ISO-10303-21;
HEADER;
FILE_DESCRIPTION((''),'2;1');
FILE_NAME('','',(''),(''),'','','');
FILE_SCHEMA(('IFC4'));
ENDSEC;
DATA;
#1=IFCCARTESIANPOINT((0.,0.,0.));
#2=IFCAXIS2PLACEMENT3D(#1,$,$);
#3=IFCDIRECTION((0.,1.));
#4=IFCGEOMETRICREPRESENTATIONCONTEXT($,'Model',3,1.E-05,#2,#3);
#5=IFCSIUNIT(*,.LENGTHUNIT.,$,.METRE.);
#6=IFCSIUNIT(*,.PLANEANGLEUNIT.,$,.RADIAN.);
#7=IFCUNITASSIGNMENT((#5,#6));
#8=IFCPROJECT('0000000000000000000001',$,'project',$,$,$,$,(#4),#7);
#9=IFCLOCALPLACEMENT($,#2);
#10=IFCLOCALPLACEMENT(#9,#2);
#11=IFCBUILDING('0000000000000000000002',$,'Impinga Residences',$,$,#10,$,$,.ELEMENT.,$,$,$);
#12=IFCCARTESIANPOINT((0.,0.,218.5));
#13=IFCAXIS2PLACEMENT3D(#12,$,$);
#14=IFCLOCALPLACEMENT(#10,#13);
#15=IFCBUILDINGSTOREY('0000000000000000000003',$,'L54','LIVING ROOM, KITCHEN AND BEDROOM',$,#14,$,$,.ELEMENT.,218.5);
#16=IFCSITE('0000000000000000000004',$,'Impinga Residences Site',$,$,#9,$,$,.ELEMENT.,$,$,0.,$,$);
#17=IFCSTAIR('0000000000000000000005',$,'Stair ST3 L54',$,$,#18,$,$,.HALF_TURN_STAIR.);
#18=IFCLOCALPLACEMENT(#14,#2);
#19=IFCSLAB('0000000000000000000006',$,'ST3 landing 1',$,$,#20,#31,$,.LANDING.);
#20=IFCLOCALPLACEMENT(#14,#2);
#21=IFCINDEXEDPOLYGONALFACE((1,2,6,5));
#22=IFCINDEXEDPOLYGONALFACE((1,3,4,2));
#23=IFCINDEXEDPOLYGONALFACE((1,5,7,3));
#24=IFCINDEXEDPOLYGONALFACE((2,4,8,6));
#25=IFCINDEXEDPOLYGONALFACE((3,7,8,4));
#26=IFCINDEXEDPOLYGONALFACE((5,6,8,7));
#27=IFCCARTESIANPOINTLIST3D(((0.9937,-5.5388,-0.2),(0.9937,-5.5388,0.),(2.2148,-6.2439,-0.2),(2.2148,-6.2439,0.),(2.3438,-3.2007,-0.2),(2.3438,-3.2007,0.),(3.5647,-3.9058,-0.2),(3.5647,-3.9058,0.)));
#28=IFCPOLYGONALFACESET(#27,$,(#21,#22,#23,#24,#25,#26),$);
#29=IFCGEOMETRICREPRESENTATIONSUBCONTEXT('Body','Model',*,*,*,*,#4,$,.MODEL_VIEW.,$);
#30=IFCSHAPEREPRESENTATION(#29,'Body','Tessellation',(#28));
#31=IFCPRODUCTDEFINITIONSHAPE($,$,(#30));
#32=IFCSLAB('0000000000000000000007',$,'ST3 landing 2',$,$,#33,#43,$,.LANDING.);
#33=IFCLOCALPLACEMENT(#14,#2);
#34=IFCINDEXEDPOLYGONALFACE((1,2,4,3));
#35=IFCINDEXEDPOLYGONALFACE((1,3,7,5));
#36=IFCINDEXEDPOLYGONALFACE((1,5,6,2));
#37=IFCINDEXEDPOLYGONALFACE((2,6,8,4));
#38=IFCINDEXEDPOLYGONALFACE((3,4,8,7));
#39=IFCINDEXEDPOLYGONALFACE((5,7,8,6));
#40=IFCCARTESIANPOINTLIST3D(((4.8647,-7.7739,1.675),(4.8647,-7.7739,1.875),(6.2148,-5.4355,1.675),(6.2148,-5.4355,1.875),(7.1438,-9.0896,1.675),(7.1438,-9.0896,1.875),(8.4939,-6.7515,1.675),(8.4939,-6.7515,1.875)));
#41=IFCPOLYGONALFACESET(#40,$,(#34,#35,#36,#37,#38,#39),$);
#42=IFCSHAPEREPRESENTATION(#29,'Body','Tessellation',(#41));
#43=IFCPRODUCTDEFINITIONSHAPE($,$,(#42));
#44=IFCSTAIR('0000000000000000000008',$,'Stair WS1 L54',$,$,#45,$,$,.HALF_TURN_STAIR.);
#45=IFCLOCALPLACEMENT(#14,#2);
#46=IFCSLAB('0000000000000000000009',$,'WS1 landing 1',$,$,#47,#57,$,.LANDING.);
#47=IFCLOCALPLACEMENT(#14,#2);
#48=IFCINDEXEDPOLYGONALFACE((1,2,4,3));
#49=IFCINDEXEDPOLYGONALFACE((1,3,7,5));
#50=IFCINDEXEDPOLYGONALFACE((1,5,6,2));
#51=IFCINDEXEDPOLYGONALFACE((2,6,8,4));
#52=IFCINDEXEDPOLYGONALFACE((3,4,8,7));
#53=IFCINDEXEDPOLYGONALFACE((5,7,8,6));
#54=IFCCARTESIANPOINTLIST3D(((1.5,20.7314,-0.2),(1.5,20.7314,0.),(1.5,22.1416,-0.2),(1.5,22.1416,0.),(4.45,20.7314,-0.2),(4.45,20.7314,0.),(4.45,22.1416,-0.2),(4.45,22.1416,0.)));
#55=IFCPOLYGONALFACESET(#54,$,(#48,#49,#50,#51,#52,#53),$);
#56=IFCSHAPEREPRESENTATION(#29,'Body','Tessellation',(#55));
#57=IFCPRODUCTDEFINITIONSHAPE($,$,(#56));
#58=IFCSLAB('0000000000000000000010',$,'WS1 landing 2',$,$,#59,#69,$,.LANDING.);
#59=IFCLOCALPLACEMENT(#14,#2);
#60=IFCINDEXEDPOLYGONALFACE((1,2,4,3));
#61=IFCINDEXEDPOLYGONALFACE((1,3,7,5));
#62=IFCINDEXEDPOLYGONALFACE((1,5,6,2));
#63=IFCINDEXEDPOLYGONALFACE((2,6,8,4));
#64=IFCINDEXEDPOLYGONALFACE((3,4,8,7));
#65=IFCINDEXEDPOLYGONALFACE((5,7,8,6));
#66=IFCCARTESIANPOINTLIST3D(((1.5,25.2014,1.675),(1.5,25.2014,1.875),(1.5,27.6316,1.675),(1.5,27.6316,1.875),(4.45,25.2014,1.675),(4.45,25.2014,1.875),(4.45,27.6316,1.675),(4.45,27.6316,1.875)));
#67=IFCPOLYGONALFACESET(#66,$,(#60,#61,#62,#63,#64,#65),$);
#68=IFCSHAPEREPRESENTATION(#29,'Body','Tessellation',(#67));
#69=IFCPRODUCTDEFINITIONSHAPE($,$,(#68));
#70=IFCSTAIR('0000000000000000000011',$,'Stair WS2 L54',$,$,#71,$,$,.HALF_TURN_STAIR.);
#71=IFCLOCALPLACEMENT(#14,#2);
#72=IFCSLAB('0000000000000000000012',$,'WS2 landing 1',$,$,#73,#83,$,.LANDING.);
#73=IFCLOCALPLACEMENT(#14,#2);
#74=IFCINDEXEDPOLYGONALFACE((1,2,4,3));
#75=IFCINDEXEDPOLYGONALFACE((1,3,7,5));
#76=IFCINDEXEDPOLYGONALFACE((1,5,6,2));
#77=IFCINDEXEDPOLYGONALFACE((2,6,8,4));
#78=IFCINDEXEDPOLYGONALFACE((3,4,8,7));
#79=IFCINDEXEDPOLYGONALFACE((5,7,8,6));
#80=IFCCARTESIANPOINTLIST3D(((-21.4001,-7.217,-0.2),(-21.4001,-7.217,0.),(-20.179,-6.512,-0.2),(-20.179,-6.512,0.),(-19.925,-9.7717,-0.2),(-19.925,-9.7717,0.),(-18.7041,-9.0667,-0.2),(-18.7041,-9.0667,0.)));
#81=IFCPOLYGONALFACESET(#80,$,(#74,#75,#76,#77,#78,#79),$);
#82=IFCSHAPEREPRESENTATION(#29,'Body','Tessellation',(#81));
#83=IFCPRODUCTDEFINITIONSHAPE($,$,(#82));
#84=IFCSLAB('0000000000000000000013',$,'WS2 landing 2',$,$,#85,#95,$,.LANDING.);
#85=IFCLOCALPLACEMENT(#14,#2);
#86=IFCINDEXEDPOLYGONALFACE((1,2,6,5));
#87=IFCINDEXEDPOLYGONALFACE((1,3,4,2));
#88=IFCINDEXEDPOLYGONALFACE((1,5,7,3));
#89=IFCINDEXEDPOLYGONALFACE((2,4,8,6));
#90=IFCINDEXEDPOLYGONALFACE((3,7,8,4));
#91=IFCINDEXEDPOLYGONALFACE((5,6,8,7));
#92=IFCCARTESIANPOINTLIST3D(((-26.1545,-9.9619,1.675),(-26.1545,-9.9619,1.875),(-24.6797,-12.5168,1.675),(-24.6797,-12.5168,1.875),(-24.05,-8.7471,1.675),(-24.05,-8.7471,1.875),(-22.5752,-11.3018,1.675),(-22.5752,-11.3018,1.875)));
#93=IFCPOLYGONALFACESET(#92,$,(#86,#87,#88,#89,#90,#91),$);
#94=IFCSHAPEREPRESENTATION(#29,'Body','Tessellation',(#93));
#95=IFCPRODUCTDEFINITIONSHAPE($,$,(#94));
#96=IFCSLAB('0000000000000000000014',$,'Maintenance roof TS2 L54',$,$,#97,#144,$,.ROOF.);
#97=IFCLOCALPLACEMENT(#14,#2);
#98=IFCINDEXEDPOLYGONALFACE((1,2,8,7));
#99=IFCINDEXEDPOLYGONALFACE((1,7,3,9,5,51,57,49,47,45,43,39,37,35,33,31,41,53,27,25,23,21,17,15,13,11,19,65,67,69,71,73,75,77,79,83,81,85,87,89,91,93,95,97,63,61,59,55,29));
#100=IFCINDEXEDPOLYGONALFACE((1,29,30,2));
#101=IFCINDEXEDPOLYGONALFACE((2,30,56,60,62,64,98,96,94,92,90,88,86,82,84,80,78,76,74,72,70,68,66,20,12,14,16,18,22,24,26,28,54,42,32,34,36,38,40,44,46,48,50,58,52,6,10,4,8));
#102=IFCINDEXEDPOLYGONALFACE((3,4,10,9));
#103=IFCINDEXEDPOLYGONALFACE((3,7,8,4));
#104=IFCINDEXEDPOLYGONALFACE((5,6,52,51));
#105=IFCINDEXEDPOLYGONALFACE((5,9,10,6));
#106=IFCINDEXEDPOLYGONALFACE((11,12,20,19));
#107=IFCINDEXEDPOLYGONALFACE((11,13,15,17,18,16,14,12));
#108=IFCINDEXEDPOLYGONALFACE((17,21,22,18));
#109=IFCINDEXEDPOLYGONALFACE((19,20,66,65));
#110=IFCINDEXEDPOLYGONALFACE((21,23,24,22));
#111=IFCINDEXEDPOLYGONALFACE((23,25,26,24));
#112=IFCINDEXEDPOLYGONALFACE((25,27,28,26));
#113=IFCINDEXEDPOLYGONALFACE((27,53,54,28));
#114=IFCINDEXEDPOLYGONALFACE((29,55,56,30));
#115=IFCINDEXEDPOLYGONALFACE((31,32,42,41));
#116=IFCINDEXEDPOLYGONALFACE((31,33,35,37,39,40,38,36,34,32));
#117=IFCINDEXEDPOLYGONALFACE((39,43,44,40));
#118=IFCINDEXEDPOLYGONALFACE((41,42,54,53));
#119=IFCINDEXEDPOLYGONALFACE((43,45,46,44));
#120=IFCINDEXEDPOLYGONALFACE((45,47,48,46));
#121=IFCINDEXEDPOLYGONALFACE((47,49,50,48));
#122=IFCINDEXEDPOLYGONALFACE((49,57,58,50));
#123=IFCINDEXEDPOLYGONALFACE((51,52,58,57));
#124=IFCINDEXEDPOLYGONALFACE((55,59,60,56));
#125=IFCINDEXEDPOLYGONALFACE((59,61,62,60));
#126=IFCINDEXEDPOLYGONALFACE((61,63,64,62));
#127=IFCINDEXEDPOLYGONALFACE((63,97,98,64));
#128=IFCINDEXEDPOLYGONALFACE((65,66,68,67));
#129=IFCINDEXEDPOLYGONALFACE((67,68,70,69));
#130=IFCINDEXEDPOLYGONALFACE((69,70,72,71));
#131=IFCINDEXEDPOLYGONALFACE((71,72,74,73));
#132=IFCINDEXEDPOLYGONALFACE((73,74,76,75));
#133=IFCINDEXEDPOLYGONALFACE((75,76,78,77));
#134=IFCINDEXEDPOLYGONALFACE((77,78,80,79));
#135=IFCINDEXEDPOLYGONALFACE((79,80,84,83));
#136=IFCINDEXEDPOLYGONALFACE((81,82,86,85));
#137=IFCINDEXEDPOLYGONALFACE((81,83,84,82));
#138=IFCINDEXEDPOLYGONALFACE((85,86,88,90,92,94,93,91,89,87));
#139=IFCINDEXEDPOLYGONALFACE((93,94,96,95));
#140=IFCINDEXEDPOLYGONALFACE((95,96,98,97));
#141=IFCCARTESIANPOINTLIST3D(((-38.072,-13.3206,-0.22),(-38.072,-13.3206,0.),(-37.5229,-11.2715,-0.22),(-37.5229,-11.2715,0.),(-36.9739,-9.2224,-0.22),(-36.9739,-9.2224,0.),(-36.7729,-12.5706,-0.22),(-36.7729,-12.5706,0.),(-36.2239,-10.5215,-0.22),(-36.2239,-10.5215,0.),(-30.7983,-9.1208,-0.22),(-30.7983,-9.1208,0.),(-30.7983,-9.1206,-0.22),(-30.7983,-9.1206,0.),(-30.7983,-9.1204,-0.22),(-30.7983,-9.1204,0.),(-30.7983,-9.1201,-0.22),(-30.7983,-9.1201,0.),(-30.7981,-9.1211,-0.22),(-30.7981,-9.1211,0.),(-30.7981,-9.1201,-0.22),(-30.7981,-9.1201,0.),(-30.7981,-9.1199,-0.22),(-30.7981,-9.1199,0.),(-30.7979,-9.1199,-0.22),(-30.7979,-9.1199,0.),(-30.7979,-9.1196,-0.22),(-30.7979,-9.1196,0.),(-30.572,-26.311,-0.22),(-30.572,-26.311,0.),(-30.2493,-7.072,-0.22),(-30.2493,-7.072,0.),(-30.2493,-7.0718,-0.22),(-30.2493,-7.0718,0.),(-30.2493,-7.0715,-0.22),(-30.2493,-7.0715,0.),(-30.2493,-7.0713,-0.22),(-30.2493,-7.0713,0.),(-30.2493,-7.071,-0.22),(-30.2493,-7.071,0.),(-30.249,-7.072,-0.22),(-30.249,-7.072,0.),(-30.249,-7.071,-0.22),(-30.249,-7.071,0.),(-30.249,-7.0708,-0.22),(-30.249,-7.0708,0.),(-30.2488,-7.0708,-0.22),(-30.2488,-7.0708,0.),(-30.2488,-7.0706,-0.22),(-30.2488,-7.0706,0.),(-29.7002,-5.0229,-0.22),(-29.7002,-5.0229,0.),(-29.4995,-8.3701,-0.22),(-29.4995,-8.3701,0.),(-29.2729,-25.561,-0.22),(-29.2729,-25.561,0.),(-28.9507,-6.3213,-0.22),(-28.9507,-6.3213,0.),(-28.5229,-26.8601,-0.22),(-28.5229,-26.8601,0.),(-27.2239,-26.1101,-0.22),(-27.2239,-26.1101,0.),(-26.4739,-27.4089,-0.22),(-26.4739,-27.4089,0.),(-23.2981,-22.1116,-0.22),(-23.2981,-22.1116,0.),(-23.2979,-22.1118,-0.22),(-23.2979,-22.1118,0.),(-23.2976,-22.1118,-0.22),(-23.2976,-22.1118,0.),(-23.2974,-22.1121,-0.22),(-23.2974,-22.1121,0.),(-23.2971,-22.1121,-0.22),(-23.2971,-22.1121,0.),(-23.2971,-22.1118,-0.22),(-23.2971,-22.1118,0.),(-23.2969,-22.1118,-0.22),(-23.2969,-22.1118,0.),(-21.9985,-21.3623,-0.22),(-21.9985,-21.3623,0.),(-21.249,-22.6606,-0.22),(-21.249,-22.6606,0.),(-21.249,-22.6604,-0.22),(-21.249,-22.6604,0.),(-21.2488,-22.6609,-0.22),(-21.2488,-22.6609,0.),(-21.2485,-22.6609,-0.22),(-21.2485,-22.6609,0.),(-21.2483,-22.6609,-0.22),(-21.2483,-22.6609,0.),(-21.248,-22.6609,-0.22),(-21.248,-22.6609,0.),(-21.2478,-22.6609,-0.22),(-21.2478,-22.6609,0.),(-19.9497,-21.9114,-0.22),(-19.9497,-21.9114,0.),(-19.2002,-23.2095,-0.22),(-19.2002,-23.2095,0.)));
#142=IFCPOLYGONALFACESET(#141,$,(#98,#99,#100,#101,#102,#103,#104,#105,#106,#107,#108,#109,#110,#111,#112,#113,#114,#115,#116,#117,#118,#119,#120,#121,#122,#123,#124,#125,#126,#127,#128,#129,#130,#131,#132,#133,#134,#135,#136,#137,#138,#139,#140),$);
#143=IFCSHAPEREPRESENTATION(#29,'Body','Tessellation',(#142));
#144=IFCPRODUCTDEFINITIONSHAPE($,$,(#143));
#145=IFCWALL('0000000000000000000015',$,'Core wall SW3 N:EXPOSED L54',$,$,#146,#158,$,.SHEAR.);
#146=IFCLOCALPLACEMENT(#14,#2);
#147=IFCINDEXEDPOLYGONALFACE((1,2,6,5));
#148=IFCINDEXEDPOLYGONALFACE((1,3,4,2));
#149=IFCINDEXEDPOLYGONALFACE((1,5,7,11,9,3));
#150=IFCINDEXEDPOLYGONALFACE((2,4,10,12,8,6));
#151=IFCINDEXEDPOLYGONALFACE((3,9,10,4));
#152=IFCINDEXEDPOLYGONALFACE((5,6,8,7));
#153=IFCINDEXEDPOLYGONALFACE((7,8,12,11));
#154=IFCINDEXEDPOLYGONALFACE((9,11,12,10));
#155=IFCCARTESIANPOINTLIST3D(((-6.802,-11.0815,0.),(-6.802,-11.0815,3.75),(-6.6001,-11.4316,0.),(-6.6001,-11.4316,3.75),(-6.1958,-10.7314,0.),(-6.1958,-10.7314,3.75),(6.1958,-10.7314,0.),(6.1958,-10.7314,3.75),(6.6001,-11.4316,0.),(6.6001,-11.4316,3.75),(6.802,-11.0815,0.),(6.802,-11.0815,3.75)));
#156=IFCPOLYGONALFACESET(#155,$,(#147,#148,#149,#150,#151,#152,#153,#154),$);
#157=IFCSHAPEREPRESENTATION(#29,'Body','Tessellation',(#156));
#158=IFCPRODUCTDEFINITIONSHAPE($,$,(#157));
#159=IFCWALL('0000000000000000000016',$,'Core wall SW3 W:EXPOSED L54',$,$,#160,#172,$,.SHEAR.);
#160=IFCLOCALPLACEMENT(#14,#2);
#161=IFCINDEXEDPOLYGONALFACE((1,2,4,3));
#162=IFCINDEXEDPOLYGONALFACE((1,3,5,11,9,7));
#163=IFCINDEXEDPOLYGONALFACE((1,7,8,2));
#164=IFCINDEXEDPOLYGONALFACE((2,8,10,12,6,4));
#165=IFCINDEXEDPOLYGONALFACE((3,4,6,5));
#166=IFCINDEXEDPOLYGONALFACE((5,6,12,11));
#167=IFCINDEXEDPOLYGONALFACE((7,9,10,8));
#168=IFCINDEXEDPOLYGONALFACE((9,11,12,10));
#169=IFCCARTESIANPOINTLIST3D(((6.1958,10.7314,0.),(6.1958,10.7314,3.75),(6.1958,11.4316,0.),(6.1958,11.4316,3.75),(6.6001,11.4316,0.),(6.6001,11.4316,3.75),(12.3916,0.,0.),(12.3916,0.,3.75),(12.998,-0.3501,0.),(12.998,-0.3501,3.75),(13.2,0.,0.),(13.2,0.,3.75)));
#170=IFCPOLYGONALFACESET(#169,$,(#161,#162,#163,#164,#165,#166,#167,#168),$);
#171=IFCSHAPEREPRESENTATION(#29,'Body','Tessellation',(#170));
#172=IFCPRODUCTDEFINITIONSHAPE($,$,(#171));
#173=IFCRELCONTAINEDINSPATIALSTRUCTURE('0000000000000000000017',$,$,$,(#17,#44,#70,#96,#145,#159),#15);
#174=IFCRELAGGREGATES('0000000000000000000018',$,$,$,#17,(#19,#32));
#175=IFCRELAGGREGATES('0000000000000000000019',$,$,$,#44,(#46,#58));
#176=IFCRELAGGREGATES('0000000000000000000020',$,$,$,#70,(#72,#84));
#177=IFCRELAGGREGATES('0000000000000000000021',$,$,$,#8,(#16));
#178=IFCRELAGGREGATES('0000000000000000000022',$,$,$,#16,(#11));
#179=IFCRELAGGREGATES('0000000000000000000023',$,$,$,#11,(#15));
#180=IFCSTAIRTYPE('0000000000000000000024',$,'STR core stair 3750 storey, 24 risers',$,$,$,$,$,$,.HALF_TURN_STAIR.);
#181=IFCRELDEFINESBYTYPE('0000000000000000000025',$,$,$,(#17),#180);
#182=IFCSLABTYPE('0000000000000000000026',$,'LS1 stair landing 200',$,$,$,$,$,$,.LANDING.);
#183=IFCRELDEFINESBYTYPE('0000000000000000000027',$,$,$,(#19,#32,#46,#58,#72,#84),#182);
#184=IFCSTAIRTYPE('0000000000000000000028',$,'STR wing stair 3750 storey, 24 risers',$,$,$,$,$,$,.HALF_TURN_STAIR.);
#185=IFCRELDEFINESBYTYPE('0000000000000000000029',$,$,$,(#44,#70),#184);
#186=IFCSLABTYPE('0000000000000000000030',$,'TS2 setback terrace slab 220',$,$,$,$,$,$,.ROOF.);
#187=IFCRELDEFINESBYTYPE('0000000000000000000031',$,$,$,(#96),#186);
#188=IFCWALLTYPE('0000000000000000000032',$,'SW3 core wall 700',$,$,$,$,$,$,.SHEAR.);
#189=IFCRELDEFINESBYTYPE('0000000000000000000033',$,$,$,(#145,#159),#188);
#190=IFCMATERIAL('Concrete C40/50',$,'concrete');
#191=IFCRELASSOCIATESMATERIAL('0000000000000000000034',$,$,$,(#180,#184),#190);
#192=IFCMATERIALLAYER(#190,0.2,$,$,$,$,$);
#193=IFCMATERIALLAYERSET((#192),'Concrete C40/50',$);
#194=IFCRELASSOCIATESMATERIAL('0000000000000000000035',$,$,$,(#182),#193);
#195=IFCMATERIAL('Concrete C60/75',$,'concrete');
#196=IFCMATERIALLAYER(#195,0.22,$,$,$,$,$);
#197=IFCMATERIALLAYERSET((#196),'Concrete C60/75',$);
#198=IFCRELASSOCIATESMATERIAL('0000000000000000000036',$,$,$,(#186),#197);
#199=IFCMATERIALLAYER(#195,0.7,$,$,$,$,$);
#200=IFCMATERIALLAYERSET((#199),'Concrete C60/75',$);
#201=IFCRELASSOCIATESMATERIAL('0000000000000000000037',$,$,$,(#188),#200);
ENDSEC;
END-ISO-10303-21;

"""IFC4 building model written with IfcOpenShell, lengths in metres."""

from ifc_helpers import new_model, si_unit, direction, frame, origin, place, context, subcontext, project, spatial, polyline, outline, extrude, material, layer, layer_set, type_object, element, aggregate, save


model = new_model("IFC4")

# Units and contexts
model_context = context("Model", 3, precision=1e-05, world=origin(), true_north=direction((0.0, 1.0)))
body_context = subcontext(model_context, "Body", "Model", "MODEL_VIEW")
ifc_project = project(units=[si_unit("LENGTHUNIT", "METRE"), si_unit("PLANEANGLEUNIT", "RADIAN")], contexts=[model_context])

# Site, building, storey
site_placement = place(None, origin())
site = spatial("IfcSite", under=ifc_project, at=site_placement, Name="Impinga Residences Site", CompositionType="ELEMENT", RefElevation=0.0)
building_placement = place(site_placement, origin())
building = spatial("IfcBuilding", under=site, at=building_placement, Name="Impinga Residences", CompositionType="ELEMENT")
storey_placement = place(building_placement, frame((0.0, 0.0, 218.5)))
storey = spatial("IfcBuildingStorey", under=building, at=storey_placement, Name="L54", Description="LIVING ROOM, KITCHEN AND BEDROOM", CompositionType="ELEMENT", Elevation=218.5)

# Shared definitions
ifc_material_1 = material(Name="Concrete C60/75", Category="concrete")

# Stairs, slabs
ifc_material_2 = material(Name="Concrete C40/50", Category="concrete")
stair_type_1 = type_object("IfcStairType", Name="STR core stair 3750 storey, 24 risers", PredefinedType="HALF_TURN_STAIR", material=ifc_material_2)
ifc_layer_1 = layer(ifc_material_2, 0.2)
ifc_layer_set_1 = layer_set([ifc_layer_1], Name="Concrete C40/50")
slab_type_1 = type_object("IfcSlabType", Name="LS1 stair landing 200", PredefinedType="LANDING", material=ifc_layer_set_1)
stair_1_placement = place(storey_placement, origin())
stair_1 = element("IfcStair", 1, at=stair_1_placement, inside=storey, type_object=stair_type_1, Name="Stair ST3 L54", PredefinedType="HALF_TURN_STAIR")
slab_1_placement = place(storey_placement, frame((0.0, 0.0, -0.2)))
slab_1 = element("IfcSlab", 2, at=slab_1_placement, type_object=slab_type_1, Name="ST3 landing 1", PredefinedType="LANDING", context=body_context, shape_type="SweptSolid", body=[
    extrude(outline(polyline([(2.3438, -3.2007), (0.9937, -5.5388), (2.2148, -6.2439), (3.5647, -3.9058), (2.3438, -3.2007)])), origin(), (0.0, 0.0, 1.0), 0.2),
])
slab_2_placement = place(storey_placement, frame((0.0, 0.0, 1.675)))
slab_2 = element("IfcSlab", 3, at=slab_2_placement, type_object=slab_type_1, Name="ST3 landing 2", PredefinedType="LANDING", context=body_context, shape_type="SweptSolid", body=[
    extrude(outline(polyline([(6.2148, -5.4355), (4.8647, -7.7739), (7.1438, -9.0896), (8.4939, -6.7515), (6.2148, -5.4355)])), origin(), (0.0, 0.0, 1.0), 0.2),
])
aggregate(stair_1, [slab_1, slab_2])
stair_type_2 = type_object("IfcStairType", Name="STR wing stair 3750 storey, 24 risers", PredefinedType="HALF_TURN_STAIR", material=ifc_material_2)
stair_2_placement = place(storey_placement, origin())
stair_2 = element("IfcStair", 4, at=stair_2_placement, inside=storey, type_object=stair_type_2, Name="Stair WS1 L54", PredefinedType="HALF_TURN_STAIR")
slab_3_placement = place(storey_placement, frame((0.0, 0.0, -0.2)))
slab_3 = element("IfcSlab", 5, at=slab_3_placement, type_object=slab_type_1, Name="WS1 landing 1", PredefinedType="LANDING", context=body_context, shape_type="SweptSolid", body=[
    extrude(outline(polyline([(1.5, 20.7314), (4.45, 20.7314), (4.45, 22.1416), (1.5, 22.1416), (1.5, 20.7314)])), origin(), (0.0, 0.0, 1.0), 0.2),
])
slab_4_placement = place(storey_placement, frame((0.0, 0.0, 1.675)))
slab_4 = element("IfcSlab", 6, at=slab_4_placement, type_object=slab_type_1, Name="WS1 landing 2", PredefinedType="LANDING", context=body_context, shape_type="SweptSolid", body=[
    extrude(outline(polyline([(1.5, 25.2014), (4.45, 25.2014), (4.45, 27.6316), (1.5, 27.6316), (1.5, 25.2014)])), origin(), (0.0, 0.0, 1.0), 0.2),
])
aggregate(stair_2, [slab_3, slab_4])
stair_3_placement = place(storey_placement, origin())
stair_3 = element("IfcStair", 7, at=stair_3_placement, inside=storey, type_object=stair_type_2, Name="Stair WS2 L54", PredefinedType="HALF_TURN_STAIR")
slab_5_placement = place(storey_placement, frame((0.0, 0.0, -0.2)))
slab_5 = element("IfcSlab", 8, at=slab_5_placement, type_object=slab_type_1, Name="WS2 landing 1", PredefinedType="LANDING", context=body_context, shape_type="SweptSolid", body=[
    extrude(outline(polyline([(-18.7041, -9.0667), (-20.179, -6.512), (-21.4001, -7.217), (-19.925, -9.7717), (-18.7041, -9.0667)])), origin(), (0.0, 0.0, 1.0), 0.2),
])
slab_6_placement = place(storey_placement, frame((0.0, 0.0, 1.675)))
slab_6 = element("IfcSlab", 9, at=slab_6_placement, type_object=slab_type_1, Name="WS2 landing 2", PredefinedType="LANDING", context=body_context, shape_type="SweptSolid", body=[
    extrude(outline(polyline([(-22.5752, -11.3018), (-24.05, -8.7471), (-26.1545, -9.9619), (-24.6797, -12.5168), (-22.5752, -11.3018)])), origin(), (0.0, 0.0, 1.0), 0.2),
])
aggregate(stair_3, [slab_5, slab_6])

# Slab
ifc_layer_2 = layer(ifc_material_1, 0.22)
ifc_layer_set_2 = layer_set([ifc_layer_2], Name="Concrete C60/75")
slab_type_2 = type_object("IfcSlabType", Name="TS2 setback terrace slab 220", PredefinedType="ROOF", material=ifc_layer_set_2)
slab_7_placement = place(storey_placement, frame((0.0, 0.0, -0.22)))
element("IfcSlab", 10, at=slab_7_placement, inside=storey, type_object=slab_type_2, Name="Maintenance roof TS2 L54", PredefinedType="ROOF", context=body_context, shape_type="SweptSolid", body=[
    extrude(outline(polyline([(-27.2239, -26.1101), (-28.5229, -26.8601), (-29.2729, -25.561), (-30.572, -26.311), (-38.072, -13.3206), (-36.7729, -12.5706), (-37.5229, -11.2715), (-36.2239, -10.5215), (-36.9739, -9.2224), (-29.7002, -5.0229), (-28.9507, -6.3213), (-30.2488, -7.0706), (-30.2488, -7.0708), (-30.249, -7.0708), (-30.249, -7.0708), (-30.249, -7.071), (-30.249, -7.071), (-30.2493, -7.071), (-30.2493, -7.0713), (-30.2493, -7.0713), (-30.2493, -7.0713), (-30.2493, -7.0715), (-30.2493, -7.0715), (-30.2493, -7.0718), (-30.2493, -7.0718), (-30.2493, -7.0718), (-30.2493, -7.072), (-30.249, -7.072), (-29.4995, -8.3701), (-30.7979, -9.1196), (-30.7979, -9.1199), (-30.7979, -9.1199), (-30.7981, -9.1199), (-30.7981, -9.1199), (-30.7981, -9.1201), (-30.7981, -9.1201), (-30.7983, -9.1201), (-30.7983, -9.1204), (-30.7983, -9.1204), (-30.7983, -9.1206), (-30.7983, -9.1206), (-30.7983, -9.1206), (-30.7983, -9.1208), (-30.7983, -9.1208), (-30.7981, -9.1211), (-30.7981, -9.1211), (-23.2981, -22.1116), (-23.2981, -22.1116), (-23.2981, -22.1116), (-23.2981, -22.1116), (-23.2979, -22.1118), (-23.2979, -22.1118), (-23.2979, -22.1118), (-23.2976, -22.1118), (-23.2976, -22.1118), (-23.2974, -22.1121), (-23.2974, -22.1121), (-23.2974, -22.1121), (-23.2971, -22.1121), (-23.2971, -22.1118), (-23.2969, -22.1118), (-23.2969, -22.1118), (-23.2969, -22.1118), (-21.9985, -21.3623), (-21.249, -22.6604), (-21.249, -22.6606), (-21.249, -22.6606), (-21.249, -22.6606), (-21.2488, -22.6609), (-21.2488, -22.6609), (-21.2488, -22.6609), (-21.2485, -22.6609), (-21.2485, -22.6609), (-21.2485, -22.6609), (-21.2483, -22.6609), (-21.2483, -22.6609), (-21.248, -22.6609), (-21.248, -22.6609), (-21.248, -22.6609), (-21.2478, -22.6609), (-21.2478, -22.6609), (-19.9497, -21.9114), (-19.2002, -23.2095), (-19.2002, -23.2095), (-26.4739, -27.4089), (-27.2239, -26.1101)])), origin(), (0.0, 0.0, 1.0), 0.22),
])

# Walls
ifc_layer_3 = layer(ifc_material_1, 0.7)
ifc_layer_set_3 = layer_set([ifc_layer_3], Name="Concrete C60/75")
wall_type_1 = type_object("IfcWallType", Name="SW3 core wall 700", PredefinedType="SHEAR", material=ifc_layer_set_3)
wall_1_placement = place(storey_placement, origin())
element("IfcWall", 11, at=wall_1_placement, inside=storey, type_object=wall_type_1, Name="Core wall SW3 N:EXPOSED L54", PredefinedType="SHEAR", context=body_context, shape_type="SweptSolid", body=[
    extrude(outline(polyline([(-6.6001, -11.4316), (6.6001, -11.4316), (6.802, -11.0815), (6.1958, -10.7314), (-6.1958, -10.7314), (-6.802, -11.0815), (-6.6001, -11.4316)])), origin(), (0.0, 0.0, 1.0), 3.75),
])
wall_2_placement = place(storey_placement, origin())
element("IfcWall", 12, at=wall_2_placement, inside=storey, type_object=wall_type_1, Name="Core wall SW3 W:EXPOSED L54", PredefinedType="SHEAR", context=body_context, shape_type="SweptSolid", body=[
    extrude(outline(polyline([(13.2, 0.0), (6.6001, 11.4316), (6.1958, 11.4316), (6.1958, 10.7314), (12.3916, 0.0), (12.998, -0.3501), (13.2, 0.0)])), origin(), (0.0, 0.0, 1.0), 3.75),
])

save(model, "model.ifc")
